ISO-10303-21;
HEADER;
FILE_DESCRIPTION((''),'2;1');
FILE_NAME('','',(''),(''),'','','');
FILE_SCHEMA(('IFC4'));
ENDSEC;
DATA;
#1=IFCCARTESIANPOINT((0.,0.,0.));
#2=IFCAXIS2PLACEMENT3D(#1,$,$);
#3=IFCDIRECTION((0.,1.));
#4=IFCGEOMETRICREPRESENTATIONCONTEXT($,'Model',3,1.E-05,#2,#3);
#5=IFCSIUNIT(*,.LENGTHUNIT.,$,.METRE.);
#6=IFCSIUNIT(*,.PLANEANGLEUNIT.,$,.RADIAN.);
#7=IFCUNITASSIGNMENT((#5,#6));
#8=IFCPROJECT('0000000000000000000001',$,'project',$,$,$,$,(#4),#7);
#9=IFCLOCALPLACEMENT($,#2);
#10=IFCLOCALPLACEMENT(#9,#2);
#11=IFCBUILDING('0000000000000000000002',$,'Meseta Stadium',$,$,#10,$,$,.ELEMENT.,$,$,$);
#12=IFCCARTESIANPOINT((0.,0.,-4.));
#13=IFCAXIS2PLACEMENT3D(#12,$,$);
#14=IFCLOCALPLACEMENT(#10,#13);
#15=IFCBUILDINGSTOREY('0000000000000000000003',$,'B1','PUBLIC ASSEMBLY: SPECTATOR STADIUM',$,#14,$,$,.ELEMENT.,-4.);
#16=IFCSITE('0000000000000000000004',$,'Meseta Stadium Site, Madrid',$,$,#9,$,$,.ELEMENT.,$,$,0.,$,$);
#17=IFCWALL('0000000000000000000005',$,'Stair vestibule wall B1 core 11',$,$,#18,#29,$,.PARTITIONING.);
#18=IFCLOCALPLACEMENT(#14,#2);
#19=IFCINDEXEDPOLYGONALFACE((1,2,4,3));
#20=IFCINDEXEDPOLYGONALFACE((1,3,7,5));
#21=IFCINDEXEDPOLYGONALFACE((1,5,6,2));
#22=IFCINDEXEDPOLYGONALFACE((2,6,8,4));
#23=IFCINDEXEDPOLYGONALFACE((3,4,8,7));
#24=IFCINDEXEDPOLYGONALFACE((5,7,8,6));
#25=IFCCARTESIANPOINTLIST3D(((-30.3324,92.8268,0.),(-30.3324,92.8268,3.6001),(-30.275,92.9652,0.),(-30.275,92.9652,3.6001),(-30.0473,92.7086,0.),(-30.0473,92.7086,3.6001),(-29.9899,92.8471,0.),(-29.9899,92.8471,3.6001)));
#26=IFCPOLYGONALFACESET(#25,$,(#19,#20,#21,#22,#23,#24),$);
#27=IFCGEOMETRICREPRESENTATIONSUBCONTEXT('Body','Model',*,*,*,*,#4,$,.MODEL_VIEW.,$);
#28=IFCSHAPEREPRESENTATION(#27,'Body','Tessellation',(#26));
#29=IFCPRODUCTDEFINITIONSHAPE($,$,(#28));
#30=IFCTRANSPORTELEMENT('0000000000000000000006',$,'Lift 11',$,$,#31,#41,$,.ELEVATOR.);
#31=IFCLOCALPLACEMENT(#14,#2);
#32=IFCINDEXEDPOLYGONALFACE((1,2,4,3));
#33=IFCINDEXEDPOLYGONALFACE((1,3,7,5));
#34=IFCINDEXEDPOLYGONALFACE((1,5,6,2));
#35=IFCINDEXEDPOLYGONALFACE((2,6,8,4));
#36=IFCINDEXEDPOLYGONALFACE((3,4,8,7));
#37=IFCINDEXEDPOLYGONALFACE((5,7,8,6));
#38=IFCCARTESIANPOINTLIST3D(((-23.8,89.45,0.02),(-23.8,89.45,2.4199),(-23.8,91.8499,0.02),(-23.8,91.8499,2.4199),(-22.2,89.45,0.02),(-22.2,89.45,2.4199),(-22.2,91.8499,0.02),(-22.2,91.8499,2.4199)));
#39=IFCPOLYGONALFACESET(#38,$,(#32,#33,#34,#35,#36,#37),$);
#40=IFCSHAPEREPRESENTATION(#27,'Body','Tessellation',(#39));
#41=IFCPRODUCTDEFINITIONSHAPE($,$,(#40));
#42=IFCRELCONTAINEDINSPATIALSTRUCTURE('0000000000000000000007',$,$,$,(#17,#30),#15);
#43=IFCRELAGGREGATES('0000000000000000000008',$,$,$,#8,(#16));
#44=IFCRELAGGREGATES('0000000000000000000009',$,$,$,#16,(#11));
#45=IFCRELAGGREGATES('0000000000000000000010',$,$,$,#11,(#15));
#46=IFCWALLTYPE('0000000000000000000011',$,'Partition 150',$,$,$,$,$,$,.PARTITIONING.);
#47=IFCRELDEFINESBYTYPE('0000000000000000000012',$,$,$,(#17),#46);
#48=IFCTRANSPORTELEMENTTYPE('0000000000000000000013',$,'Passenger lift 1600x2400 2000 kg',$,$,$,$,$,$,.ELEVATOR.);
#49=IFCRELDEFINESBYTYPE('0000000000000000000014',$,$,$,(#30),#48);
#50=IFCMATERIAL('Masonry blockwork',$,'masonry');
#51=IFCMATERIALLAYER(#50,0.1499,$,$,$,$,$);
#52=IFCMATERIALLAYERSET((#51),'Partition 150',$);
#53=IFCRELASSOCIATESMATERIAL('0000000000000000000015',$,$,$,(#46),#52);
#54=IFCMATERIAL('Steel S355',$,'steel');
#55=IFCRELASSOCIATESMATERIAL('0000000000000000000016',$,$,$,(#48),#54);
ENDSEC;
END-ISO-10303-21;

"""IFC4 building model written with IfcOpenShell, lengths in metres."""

from ifc_helpers import new_model, si_unit, direction, frame, frame_2d, origin, origin_2d, place, context, subcontext, project, spatial, rectangle, extrude, material, layer, layer_set, type_object, element, save


model = new_model("IFC4")

# Units and contexts
model_context = context("Model", 3, precision=1e-05, world=origin(), true_north=direction((0.0, 1.0)))
body_context = subcontext(model_context, "Body", "Model", "MODEL_VIEW")
ifc_project = project(units=[si_unit("LENGTHUNIT", "METRE"), si_unit("PLANEANGLEUNIT", "RADIAN")], contexts=[model_context])

# Site, building, storey
site_placement = place(None, origin())
site = spatial("IfcSite", under=ifc_project, at=site_placement, Name="Meseta Stadium Site, Madrid", CompositionType="ELEMENT", RefElevation=0.0)
building_placement = place(site_placement, origin())
building = spatial("IfcBuilding", under=site, at=building_placement, Name="Meseta Stadium", CompositionType="ELEMENT")
storey_placement = place(building_placement, frame((0.0, 0.0, -4.0)))
storey = spatial("IfcBuildingStorey", under=building, at=storey_placement, Name="B1", Description="PUBLIC ASSEMBLY: SPECTATOR STADIUM", CompositionType="ELEMENT", Elevation=-4.0)

# Shared definitions
ifc_material_1 = material(Name="Masonry blockwork", Category="masonry")
ifc_layer_1 = layer(ifc_material_1, 0.1499)
ifc_layer_set_1 = layer_set([ifc_layer_1], Name="Partition 150")
wall_type_1 = type_object("IfcWallType", Name="Partition 150", PredefinedType="PARTITIONING", material=ifc_layer_set_1)

# Wall
wall_1_placement = place(storey_placement, frame((-30.3037, 92.896, 0.0), z_axis=(0.0, 0.0, 1.0), x_axis=(0.923824, -0.382817, 0.0)))
element("IfcWall", 1, at=wall_1_placement, inside=storey, type_object=wall_type_1, Name="Stair vestibule wall B1 core 11", PredefinedType="PARTITIONING", context=body_context, shape_type="SweptSolid", body=[
    extrude(rectangle(XDim=0.3086, YDim=0.1499, at=frame_2d((0.1543, 0.0))), origin(), (0.0, 0.0, 1.0), 3.6001),
])

# Transport element
ifc_material_2 = material(Name="Steel S355", Category="steel")
transport_element_type = type_object("IfcTransportElementType", Name="Passenger lift 1600x2400 2000 kg", PredefinedType="ELEVATOR", material=ifc_material_2)
transport_element_placement = place(storey_placement, frame((-23.0, 90.6499, 0.02), z_axis=(0.0, 0.0, 1.0), x_axis=(0.0, -1.0, 0.0)))
element("IfcTransportElement", 2, at=transport_element_placement, inside=storey, type_object=transport_element_type, Name="Lift 11", PredefinedType="ELEVATOR", context=body_context, shape_type="SweptSolid", body=[
    extrude(rectangle(XDim=2.3999, YDim=1.6001, at=origin_2d()), origin(), (0.0, 0.0, 1.0), 2.3999),
])

save(model, "model.ifc")
